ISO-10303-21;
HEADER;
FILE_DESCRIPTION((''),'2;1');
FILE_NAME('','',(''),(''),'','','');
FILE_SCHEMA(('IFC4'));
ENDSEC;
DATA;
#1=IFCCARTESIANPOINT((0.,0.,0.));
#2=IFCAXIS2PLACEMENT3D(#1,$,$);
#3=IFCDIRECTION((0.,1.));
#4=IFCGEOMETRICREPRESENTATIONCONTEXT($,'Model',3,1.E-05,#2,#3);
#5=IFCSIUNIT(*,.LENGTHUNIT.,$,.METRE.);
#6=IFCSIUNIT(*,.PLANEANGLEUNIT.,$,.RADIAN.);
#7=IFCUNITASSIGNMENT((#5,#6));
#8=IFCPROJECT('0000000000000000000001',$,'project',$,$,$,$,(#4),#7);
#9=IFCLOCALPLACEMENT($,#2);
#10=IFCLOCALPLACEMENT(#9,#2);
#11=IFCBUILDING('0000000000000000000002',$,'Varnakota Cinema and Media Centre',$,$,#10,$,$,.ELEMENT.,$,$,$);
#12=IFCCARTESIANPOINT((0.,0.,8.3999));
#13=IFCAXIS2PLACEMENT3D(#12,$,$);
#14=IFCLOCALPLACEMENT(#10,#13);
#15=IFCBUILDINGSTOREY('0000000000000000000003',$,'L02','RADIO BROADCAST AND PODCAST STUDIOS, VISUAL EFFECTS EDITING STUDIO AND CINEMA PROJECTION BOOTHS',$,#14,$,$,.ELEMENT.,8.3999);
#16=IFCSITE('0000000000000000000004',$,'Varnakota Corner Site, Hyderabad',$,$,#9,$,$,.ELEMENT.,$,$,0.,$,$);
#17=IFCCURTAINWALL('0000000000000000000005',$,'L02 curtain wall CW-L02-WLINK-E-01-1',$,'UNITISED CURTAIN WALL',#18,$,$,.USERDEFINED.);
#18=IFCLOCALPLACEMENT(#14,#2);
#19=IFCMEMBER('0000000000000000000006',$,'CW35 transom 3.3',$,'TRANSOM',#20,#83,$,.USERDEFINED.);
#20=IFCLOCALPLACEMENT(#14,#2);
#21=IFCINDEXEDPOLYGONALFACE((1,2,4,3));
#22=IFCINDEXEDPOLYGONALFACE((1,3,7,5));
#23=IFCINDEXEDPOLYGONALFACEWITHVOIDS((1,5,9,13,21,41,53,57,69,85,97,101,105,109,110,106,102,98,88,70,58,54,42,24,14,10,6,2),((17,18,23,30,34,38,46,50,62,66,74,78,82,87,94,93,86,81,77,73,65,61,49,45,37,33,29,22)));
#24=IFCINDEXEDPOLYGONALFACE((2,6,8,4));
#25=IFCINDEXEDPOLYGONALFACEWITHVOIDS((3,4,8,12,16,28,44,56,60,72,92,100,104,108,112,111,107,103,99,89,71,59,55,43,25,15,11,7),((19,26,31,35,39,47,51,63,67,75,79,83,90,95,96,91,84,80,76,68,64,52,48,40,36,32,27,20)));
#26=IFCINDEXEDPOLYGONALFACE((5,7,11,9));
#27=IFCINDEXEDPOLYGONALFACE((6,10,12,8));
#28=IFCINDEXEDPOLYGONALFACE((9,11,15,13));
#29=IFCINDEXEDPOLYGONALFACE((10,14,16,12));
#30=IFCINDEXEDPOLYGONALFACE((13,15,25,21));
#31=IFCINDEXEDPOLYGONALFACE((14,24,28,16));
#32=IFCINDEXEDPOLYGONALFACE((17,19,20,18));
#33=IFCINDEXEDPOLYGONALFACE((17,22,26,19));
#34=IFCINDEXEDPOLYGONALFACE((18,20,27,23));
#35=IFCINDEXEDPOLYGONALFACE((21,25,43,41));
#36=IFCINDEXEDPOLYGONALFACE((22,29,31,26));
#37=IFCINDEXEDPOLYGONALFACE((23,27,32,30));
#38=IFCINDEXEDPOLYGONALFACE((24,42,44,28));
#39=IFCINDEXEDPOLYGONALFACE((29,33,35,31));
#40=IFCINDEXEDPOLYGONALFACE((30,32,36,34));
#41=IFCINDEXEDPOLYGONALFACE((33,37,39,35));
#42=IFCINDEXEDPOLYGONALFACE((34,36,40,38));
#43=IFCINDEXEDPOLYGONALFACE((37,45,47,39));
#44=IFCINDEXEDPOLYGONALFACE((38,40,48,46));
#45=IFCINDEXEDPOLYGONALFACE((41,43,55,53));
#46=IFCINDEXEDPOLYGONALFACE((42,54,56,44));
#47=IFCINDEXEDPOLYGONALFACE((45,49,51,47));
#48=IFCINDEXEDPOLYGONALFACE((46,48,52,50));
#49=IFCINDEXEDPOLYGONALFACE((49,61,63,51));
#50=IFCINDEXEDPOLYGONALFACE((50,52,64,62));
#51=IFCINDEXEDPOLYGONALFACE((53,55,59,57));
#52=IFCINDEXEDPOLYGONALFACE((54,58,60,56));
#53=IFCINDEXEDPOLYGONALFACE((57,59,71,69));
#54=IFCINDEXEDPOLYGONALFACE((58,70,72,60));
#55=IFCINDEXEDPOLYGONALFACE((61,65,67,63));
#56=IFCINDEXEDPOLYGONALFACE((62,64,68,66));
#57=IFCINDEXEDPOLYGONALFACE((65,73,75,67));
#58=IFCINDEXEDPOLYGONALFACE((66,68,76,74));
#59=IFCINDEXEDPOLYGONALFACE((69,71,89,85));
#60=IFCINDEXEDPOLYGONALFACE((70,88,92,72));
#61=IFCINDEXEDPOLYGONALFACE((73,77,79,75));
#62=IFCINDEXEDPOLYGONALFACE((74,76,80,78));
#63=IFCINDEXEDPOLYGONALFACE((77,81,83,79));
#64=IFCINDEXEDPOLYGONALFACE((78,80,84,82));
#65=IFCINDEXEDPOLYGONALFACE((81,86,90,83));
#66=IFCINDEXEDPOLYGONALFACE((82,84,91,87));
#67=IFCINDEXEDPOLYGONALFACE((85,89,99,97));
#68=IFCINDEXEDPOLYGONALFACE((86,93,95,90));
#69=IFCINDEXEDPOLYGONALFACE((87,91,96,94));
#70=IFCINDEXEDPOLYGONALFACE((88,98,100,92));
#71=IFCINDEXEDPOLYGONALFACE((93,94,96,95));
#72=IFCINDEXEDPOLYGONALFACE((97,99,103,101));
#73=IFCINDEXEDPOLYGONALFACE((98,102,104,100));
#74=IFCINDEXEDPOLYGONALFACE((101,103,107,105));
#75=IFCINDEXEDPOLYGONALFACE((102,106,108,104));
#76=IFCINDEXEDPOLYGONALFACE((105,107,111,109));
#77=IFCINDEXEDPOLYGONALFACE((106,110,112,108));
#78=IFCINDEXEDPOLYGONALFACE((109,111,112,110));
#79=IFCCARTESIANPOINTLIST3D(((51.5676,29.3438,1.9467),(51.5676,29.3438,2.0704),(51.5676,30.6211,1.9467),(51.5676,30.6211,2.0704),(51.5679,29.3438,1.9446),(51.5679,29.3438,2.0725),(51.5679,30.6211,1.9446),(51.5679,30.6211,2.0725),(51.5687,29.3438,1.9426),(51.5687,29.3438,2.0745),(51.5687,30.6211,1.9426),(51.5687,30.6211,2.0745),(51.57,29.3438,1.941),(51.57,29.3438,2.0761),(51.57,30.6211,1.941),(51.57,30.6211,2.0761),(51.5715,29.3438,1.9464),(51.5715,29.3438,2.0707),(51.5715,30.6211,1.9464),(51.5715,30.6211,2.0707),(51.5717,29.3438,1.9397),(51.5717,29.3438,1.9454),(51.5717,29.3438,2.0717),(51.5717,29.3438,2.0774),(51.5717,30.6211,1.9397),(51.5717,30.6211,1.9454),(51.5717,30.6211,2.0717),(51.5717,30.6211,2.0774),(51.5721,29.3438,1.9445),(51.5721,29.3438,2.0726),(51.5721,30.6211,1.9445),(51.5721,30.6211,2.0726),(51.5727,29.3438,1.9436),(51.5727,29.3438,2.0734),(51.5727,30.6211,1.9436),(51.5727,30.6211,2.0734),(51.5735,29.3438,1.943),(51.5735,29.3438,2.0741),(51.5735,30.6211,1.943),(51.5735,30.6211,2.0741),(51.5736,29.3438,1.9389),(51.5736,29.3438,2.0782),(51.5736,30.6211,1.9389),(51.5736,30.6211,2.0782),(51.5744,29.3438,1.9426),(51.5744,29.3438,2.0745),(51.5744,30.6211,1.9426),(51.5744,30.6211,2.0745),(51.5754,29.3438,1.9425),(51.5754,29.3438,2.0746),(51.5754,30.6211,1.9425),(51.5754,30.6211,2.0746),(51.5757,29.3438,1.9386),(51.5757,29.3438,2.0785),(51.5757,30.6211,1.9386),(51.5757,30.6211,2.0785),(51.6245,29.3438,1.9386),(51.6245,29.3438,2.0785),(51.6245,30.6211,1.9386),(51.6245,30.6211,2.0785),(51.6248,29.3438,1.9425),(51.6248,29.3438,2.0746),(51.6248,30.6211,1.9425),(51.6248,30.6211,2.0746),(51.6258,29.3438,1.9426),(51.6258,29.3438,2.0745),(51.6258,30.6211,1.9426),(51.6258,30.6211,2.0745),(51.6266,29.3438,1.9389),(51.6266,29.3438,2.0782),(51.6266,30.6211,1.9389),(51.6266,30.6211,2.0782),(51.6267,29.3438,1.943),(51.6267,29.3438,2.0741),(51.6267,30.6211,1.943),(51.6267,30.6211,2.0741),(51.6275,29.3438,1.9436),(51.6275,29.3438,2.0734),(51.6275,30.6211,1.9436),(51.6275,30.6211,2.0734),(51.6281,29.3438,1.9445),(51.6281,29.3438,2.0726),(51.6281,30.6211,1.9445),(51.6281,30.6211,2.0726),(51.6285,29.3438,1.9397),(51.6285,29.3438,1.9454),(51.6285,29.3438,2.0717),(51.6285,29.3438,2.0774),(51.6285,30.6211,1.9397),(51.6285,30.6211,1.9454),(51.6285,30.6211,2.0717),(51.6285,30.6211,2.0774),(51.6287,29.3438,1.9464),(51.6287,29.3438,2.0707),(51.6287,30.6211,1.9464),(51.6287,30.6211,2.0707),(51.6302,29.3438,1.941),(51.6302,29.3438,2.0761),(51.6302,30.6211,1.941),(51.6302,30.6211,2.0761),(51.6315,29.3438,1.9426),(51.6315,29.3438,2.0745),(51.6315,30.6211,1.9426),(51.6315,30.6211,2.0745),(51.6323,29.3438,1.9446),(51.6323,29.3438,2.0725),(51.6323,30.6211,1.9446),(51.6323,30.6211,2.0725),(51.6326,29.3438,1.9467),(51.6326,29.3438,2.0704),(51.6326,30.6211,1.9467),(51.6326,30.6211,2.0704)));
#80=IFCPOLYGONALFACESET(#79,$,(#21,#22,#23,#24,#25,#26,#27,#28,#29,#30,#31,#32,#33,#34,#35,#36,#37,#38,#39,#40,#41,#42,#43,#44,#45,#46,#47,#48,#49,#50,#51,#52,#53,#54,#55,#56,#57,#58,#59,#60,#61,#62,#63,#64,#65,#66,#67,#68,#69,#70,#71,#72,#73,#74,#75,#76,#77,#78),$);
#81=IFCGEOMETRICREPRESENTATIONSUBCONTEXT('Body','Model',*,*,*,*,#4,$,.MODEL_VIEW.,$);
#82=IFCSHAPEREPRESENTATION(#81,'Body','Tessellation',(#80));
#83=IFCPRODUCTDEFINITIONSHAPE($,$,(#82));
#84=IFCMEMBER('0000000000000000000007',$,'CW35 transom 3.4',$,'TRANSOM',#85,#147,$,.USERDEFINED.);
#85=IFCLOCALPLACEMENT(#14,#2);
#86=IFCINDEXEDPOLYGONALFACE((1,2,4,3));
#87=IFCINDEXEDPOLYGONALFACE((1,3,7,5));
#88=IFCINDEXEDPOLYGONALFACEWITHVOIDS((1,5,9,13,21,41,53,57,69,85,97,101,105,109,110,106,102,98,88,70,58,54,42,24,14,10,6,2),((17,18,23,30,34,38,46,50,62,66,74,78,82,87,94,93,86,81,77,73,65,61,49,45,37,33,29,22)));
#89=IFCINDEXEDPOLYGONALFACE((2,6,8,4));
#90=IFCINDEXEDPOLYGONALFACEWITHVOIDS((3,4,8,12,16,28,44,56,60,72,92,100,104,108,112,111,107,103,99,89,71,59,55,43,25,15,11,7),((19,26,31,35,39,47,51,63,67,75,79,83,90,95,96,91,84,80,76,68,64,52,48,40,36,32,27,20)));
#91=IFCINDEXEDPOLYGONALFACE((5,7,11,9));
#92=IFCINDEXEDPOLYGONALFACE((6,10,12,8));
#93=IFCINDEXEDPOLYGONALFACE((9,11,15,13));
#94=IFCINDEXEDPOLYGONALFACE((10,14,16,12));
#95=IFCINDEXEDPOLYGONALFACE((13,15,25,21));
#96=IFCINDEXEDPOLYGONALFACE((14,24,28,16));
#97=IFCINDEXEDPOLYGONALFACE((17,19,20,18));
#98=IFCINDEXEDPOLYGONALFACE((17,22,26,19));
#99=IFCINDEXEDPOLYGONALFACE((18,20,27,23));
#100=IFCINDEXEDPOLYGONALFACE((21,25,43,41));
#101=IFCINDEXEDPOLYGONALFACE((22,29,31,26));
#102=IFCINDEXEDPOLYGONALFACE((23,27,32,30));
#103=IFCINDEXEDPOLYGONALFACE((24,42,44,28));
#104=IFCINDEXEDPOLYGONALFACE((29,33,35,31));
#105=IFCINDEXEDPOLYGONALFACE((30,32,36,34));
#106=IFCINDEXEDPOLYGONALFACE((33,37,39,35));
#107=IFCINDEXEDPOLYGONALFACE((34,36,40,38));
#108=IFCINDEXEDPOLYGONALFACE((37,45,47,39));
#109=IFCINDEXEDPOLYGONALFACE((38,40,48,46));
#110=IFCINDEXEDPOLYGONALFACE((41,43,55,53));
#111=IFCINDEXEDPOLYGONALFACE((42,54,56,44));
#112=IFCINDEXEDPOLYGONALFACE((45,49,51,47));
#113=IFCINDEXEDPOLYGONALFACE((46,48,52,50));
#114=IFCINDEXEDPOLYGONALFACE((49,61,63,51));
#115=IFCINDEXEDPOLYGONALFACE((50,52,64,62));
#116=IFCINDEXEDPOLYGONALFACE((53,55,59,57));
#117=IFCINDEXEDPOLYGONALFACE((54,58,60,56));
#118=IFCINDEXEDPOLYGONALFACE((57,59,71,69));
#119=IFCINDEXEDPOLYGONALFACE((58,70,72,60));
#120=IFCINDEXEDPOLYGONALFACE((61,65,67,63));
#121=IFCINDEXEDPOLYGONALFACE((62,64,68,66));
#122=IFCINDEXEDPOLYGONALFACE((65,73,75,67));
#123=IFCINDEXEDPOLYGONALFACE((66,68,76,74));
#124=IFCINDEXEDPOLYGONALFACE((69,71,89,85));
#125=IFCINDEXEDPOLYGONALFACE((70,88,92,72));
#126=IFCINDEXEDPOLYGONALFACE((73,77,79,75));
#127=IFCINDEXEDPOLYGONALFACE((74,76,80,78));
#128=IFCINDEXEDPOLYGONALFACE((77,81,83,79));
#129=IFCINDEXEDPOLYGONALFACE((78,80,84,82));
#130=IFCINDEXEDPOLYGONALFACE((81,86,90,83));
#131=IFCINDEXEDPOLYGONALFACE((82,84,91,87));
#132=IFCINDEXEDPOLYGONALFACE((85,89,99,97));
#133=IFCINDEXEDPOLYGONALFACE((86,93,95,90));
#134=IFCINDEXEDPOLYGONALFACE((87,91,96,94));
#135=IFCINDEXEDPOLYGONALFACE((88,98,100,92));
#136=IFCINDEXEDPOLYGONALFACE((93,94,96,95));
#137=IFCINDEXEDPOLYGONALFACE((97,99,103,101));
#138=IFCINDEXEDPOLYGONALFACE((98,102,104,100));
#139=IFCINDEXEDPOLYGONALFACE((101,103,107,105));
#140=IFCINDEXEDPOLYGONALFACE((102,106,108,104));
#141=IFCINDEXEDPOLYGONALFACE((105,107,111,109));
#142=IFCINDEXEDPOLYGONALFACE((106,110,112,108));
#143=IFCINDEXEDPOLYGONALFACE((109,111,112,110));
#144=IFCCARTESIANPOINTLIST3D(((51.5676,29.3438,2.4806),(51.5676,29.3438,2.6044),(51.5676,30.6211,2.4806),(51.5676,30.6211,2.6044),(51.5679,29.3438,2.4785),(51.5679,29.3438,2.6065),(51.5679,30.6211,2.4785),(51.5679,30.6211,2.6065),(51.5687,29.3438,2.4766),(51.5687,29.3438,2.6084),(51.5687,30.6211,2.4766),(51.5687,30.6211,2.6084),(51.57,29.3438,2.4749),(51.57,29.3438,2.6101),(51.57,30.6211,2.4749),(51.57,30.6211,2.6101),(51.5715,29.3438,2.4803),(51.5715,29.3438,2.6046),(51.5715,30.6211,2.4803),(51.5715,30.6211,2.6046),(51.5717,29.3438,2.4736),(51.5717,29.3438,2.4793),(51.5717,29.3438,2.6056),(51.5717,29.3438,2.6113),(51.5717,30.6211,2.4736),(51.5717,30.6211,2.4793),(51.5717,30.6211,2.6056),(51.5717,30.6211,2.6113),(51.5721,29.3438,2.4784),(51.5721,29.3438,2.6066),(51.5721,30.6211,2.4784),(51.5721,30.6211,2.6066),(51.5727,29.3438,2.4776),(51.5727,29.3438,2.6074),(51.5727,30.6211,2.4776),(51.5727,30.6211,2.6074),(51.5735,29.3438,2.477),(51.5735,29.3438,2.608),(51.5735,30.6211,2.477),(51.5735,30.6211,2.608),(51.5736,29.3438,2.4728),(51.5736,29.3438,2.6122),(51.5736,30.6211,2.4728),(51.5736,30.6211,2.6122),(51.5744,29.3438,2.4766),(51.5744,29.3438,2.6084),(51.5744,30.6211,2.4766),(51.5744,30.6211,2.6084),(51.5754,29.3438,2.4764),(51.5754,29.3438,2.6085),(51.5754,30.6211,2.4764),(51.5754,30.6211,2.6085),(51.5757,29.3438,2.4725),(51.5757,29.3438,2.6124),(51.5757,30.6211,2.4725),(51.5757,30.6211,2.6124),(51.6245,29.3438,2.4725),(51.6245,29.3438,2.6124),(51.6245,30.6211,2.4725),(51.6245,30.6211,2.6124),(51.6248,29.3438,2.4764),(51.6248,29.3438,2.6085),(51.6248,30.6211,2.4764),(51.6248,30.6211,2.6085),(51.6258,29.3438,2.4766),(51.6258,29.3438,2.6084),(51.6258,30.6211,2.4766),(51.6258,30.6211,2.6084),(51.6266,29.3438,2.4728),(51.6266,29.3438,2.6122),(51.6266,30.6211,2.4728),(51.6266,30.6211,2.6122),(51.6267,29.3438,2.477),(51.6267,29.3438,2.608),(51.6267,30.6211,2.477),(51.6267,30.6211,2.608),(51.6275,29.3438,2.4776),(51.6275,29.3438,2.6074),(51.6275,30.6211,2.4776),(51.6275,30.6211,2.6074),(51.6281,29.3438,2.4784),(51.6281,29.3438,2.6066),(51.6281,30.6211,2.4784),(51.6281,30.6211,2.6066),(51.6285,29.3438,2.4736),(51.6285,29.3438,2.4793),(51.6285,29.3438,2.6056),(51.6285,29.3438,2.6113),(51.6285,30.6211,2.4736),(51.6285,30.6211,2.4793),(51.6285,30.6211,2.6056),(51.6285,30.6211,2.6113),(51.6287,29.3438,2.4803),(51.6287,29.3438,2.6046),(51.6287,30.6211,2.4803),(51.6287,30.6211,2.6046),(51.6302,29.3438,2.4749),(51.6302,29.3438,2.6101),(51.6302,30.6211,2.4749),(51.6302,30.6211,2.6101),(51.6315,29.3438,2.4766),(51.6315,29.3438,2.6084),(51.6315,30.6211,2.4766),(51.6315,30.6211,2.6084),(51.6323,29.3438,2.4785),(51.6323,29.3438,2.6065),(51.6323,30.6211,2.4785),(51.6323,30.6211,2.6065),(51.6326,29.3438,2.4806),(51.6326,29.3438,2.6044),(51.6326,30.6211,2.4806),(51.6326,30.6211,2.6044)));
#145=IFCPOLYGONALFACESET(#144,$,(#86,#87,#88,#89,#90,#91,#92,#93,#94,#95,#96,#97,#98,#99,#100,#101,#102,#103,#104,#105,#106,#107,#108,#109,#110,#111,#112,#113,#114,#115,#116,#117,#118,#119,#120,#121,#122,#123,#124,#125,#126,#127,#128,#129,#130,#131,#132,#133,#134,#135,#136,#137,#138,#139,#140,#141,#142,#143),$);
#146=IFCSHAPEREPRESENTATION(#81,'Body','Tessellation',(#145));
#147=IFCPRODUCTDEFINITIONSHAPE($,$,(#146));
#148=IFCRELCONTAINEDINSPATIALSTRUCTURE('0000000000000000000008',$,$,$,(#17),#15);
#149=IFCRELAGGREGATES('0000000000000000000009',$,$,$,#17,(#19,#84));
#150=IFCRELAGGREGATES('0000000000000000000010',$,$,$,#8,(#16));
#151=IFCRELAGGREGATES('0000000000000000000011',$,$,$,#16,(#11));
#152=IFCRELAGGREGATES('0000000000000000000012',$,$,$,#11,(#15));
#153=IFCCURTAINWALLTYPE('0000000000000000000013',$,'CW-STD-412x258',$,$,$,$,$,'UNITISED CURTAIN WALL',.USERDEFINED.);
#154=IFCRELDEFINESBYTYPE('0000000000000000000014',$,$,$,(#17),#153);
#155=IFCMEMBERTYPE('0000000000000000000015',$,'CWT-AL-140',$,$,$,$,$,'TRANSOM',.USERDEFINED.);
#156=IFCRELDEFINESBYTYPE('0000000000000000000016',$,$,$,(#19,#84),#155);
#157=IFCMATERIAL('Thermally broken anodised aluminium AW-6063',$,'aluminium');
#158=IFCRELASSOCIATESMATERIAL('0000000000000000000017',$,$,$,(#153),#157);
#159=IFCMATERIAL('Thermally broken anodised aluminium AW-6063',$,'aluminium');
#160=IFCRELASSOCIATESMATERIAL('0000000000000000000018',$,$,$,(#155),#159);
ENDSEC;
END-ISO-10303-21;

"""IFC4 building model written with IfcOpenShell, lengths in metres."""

from ifc_helpers import new_model, si_unit, direction, frame, origin, origin_2d, place, context, subcontext, project, spatial, hollow_rectangle, extrude, material, material_profile, profile_set, type_object, element, aggregate, save


model = new_model("IFC4")

# Units and contexts
model_context = context("Model", 3, precision=1e-05, world=origin(), true_north=direction((0.0, 1.0)))
body_context = subcontext(model_context, "Body", "Model", "MODEL_VIEW")
ifc_project = project(units=[si_unit("LENGTHUNIT", "METRE"), si_unit("PLANEANGLEUNIT", "RADIAN")], contexts=[model_context])

# Site, building, storey
site_placement = place(None, origin())
site = spatial("IfcSite", under=ifc_project, at=site_placement, Name="Varnakota Corner Site, Hyderabad", CompositionType="ELEMENT", RefElevation=0.0)
building_placement = place(site_placement, origin())
building = spatial("IfcBuilding", under=site, at=building_placement, Name="Varnakota Cinema and Media Centre", CompositionType="ELEMENT")
storey_placement = place(building_placement, frame((0.0, 0.0, 8.3999)))
storey = spatial("IfcBuildingStorey", under=building, at=storey_placement, Name="L02", Description="RADIO BROADCAST AND PODCAST STUDIOS, VISUAL EFFECTS EDITING STUDIO AND CINEMA PROJECTION BOOTHS", CompositionType="ELEMENT", Elevation=8.3999)

# Shared definitions
ifc_material_1 = material(Name="Thermally broken anodised aluminium AW-6063", Category="aluminium")
curtain_wall_type = type_object("IfcCurtainWallType", Name="CW-STD-412x258", ElementType="UNITISED CURTAIN WALL", PredefinedType="USERDEFINED", material=ifc_material_1)

# Curtain wall, members
curtain_wall_1_placement = place(storey_placement, origin())
curtain_wall_1 = element("IfcCurtainWall", 1, at=curtain_wall_1_placement, inside=storey, type_object=curtain_wall_type, Name="L02 curtain wall CW-L02-WLINK-E-01-1", ObjectType="UNITISED CURTAIN WALL", PredefinedType="USERDEFINED")
ifc_material_2 = material(Name="Thermally broken anodised aluminium AW-6063", Category="aluminium")
ifc_material_profile_1 = material_profile(ifc_material_2, hollow_rectangle(XDim=0.0649, YDim=0.1399, WallThickness=0.0039, InnerFilletRadius=0.0039, OuterFilletRadius=0.0081, at=origin_2d()), Name="AL-TRANSOM 140x65x4")
ifc_profile_set_1 = profile_set([ifc_material_profile_1], Name="Thermally broken anodised aluminium AW-6063")
member_type_1 = type_object("IfcMemberType", Name="CWT-AL-140", ElementType="TRANSOM", PredefinedType="USERDEFINED", material=ifc_profile_set_1)
member_1_placement = place(storey_placement, frame((51.6001, 29.3438, 2.0085), z_axis=(0.0, 1.0, 0.0), x_axis=(-1.0, 0.0, 0.0)))
member_1 = element("IfcMember", 2, at=member_1_placement, type_object=member_type_1, Name="CW35 transom 3.3", ObjectType="TRANSOM", PredefinedType="USERDEFINED", context=body_context, shape_type="SweptSolid", body=[
    extrude(hollow_rectangle(XDim=0.0649, YDim=0.1399, WallThickness=0.0039, InnerFilletRadius=0.0039, OuterFilletRadius=0.0081, at=origin_2d()), origin(), (0.0, 0.0, 1.0), 1.2773),
])
member_2_placement = place(storey_placement, frame((51.6001, 29.3438, 2.5425), z_axis=(0.0, 1.0, 0.0), x_axis=(-1.0, 0.0, 0.0)))
member_2 = element("IfcMember", 3, at=member_2_placement, type_object=member_type_1, Name="CW35 transom 3.4", ObjectType="TRANSOM", PredefinedType="USERDEFINED", context=body_context, shape_type="SweptSolid", body=[
    extrude(hollow_rectangle(XDim=0.0649, YDim=0.1399, WallThickness=0.0039, InnerFilletRadius=0.0039, OuterFilletRadius=0.0081, at=origin_2d()), origin(), (0.0, 0.0, 1.0), 1.2773),
])

aggregate(curtain_wall_1, [member_1, member_2])

save(model, "model.ifc")
